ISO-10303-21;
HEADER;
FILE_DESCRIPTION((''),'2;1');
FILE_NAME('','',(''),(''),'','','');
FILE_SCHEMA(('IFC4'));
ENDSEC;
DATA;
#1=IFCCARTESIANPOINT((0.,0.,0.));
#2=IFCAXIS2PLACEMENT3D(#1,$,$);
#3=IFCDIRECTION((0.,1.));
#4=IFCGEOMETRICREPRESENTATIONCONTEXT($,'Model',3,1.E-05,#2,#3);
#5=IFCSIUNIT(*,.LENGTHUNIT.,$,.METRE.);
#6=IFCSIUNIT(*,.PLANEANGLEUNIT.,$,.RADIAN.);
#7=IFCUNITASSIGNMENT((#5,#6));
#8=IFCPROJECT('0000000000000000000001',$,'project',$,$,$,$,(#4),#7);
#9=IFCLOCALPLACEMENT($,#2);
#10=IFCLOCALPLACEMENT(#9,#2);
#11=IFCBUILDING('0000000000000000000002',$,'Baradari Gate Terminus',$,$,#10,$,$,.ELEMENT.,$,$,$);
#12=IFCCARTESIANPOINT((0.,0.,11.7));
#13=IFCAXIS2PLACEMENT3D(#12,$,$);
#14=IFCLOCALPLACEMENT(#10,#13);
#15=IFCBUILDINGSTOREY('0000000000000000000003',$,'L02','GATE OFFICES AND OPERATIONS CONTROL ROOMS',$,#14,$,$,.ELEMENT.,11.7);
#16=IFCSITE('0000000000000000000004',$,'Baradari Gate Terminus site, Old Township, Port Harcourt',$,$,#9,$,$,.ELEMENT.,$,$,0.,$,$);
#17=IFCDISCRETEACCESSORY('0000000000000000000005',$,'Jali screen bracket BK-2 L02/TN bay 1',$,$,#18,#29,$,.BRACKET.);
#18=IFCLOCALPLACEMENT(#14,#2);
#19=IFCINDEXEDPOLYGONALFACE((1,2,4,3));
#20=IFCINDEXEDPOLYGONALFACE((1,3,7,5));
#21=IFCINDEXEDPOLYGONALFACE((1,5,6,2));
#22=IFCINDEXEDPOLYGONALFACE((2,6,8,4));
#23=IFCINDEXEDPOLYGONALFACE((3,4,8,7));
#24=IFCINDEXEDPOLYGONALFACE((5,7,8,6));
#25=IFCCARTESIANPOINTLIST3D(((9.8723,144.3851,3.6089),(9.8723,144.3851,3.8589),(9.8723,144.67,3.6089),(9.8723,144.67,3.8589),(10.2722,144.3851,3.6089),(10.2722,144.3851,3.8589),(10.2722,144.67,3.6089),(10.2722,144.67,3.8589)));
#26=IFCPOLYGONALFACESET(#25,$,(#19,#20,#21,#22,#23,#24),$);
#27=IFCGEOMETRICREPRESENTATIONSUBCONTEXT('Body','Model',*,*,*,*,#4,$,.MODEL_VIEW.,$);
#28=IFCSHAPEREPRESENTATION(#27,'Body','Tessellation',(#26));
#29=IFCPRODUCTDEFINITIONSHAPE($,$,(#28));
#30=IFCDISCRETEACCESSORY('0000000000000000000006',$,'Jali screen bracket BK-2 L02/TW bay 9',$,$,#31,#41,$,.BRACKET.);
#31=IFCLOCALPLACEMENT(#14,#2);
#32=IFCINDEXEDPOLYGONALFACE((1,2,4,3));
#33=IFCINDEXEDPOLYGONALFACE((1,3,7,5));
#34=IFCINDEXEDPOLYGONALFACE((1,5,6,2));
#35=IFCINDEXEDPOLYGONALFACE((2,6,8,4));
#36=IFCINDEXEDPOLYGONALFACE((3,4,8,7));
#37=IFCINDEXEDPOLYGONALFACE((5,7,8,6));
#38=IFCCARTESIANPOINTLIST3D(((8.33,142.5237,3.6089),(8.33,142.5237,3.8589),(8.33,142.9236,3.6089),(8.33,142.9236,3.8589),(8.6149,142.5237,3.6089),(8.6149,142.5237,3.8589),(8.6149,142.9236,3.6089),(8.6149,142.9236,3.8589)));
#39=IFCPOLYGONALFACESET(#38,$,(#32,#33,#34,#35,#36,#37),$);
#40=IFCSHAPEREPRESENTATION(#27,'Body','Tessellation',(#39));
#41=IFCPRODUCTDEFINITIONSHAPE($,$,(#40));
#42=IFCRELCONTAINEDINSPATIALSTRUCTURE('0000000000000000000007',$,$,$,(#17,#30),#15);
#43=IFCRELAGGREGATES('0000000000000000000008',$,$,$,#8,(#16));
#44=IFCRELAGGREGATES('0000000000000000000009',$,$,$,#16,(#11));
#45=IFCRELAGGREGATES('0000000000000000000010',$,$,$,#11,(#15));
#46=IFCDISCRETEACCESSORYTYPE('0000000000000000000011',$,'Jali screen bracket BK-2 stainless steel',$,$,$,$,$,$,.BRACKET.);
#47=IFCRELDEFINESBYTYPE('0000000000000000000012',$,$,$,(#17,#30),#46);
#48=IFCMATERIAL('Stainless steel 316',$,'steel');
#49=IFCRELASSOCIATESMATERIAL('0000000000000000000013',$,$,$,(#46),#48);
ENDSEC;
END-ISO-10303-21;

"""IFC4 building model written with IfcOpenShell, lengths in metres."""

from ifc_helpers import new_model, si_unit, direction, frame, origin, origin_2d, place, context, subcontext, project, spatial, rectangle, extrude, material, type_object, element, save


model = new_model("IFC4")

# Units and contexts
model_context = context("Model", 3, precision=1e-05, world=origin(), true_north=direction((0.0, 1.0)))
body_context = subcontext(model_context, "Body", "Model", "MODEL_VIEW")
ifc_project = project(units=[si_unit("LENGTHUNIT", "METRE"), si_unit("PLANEANGLEUNIT", "RADIAN")], contexts=[model_context])

# Site, building, storey
site_placement = place(None, origin())
site = spatial("IfcSite", under=ifc_project, at=site_placement, Name="Baradari Gate Terminus site, Old Township, Port Harcourt", CompositionType="ELEMENT", RefElevation=0.0)
building_placement = place(site_placement, origin())
building = spatial("IfcBuilding", under=site, at=building_placement, Name="Baradari Gate Terminus", CompositionType="ELEMENT")
storey_placement = place(building_placement, frame((0.0, 0.0, 11.7)))
storey = spatial("IfcBuildingStorey", under=building, at=storey_placement, Name="L02", Description="GATE OFFICES AND OPERATIONS CONTROL ROOMS", CompositionType="ELEMENT", Elevation=11.7)

# Discrete accessories
ifc_material_1 = material(Name="Stainless steel 316", Category="steel")
discrete_accessory_type_1 = type_object("IfcDiscreteAccessoryType", Name="Jali screen bracket BK-2 stainless steel", PredefinedType="BRACKET", material=ifc_material_1)
for number, where, z_axis, x_axis, name in (
    (1, (10.0723, 144.5276, 3.6089), (0.0, 0.0, 1.0), (0.0, 1.0, 0.0), "Jali screen bracket BK-2 L02/TN bay 1"),
    (2, (8.4724, 142.7236, 3.6089), (0.0, 0.0, 1.0), (-1.0, 0.0, 0.0), "Jali screen bracket BK-2 L02/TW bay 9"),
):
    element("IfcDiscreteAccessory", number, at=place(storey_placement, frame(where, z_axis=z_axis, x_axis=x_axis)), inside=storey, type_object=discrete_accessory_type_1, Name=name, PredefinedType="BRACKET", context=body_context, shape_type="SweptSolid", body=[
        extrude(rectangle(XDim=0.2849, YDim=0.3999, at=origin_2d()), origin(), (0.0, 0.0, 1.0), 0.25),
    ])

save(model, "model.ifc")
